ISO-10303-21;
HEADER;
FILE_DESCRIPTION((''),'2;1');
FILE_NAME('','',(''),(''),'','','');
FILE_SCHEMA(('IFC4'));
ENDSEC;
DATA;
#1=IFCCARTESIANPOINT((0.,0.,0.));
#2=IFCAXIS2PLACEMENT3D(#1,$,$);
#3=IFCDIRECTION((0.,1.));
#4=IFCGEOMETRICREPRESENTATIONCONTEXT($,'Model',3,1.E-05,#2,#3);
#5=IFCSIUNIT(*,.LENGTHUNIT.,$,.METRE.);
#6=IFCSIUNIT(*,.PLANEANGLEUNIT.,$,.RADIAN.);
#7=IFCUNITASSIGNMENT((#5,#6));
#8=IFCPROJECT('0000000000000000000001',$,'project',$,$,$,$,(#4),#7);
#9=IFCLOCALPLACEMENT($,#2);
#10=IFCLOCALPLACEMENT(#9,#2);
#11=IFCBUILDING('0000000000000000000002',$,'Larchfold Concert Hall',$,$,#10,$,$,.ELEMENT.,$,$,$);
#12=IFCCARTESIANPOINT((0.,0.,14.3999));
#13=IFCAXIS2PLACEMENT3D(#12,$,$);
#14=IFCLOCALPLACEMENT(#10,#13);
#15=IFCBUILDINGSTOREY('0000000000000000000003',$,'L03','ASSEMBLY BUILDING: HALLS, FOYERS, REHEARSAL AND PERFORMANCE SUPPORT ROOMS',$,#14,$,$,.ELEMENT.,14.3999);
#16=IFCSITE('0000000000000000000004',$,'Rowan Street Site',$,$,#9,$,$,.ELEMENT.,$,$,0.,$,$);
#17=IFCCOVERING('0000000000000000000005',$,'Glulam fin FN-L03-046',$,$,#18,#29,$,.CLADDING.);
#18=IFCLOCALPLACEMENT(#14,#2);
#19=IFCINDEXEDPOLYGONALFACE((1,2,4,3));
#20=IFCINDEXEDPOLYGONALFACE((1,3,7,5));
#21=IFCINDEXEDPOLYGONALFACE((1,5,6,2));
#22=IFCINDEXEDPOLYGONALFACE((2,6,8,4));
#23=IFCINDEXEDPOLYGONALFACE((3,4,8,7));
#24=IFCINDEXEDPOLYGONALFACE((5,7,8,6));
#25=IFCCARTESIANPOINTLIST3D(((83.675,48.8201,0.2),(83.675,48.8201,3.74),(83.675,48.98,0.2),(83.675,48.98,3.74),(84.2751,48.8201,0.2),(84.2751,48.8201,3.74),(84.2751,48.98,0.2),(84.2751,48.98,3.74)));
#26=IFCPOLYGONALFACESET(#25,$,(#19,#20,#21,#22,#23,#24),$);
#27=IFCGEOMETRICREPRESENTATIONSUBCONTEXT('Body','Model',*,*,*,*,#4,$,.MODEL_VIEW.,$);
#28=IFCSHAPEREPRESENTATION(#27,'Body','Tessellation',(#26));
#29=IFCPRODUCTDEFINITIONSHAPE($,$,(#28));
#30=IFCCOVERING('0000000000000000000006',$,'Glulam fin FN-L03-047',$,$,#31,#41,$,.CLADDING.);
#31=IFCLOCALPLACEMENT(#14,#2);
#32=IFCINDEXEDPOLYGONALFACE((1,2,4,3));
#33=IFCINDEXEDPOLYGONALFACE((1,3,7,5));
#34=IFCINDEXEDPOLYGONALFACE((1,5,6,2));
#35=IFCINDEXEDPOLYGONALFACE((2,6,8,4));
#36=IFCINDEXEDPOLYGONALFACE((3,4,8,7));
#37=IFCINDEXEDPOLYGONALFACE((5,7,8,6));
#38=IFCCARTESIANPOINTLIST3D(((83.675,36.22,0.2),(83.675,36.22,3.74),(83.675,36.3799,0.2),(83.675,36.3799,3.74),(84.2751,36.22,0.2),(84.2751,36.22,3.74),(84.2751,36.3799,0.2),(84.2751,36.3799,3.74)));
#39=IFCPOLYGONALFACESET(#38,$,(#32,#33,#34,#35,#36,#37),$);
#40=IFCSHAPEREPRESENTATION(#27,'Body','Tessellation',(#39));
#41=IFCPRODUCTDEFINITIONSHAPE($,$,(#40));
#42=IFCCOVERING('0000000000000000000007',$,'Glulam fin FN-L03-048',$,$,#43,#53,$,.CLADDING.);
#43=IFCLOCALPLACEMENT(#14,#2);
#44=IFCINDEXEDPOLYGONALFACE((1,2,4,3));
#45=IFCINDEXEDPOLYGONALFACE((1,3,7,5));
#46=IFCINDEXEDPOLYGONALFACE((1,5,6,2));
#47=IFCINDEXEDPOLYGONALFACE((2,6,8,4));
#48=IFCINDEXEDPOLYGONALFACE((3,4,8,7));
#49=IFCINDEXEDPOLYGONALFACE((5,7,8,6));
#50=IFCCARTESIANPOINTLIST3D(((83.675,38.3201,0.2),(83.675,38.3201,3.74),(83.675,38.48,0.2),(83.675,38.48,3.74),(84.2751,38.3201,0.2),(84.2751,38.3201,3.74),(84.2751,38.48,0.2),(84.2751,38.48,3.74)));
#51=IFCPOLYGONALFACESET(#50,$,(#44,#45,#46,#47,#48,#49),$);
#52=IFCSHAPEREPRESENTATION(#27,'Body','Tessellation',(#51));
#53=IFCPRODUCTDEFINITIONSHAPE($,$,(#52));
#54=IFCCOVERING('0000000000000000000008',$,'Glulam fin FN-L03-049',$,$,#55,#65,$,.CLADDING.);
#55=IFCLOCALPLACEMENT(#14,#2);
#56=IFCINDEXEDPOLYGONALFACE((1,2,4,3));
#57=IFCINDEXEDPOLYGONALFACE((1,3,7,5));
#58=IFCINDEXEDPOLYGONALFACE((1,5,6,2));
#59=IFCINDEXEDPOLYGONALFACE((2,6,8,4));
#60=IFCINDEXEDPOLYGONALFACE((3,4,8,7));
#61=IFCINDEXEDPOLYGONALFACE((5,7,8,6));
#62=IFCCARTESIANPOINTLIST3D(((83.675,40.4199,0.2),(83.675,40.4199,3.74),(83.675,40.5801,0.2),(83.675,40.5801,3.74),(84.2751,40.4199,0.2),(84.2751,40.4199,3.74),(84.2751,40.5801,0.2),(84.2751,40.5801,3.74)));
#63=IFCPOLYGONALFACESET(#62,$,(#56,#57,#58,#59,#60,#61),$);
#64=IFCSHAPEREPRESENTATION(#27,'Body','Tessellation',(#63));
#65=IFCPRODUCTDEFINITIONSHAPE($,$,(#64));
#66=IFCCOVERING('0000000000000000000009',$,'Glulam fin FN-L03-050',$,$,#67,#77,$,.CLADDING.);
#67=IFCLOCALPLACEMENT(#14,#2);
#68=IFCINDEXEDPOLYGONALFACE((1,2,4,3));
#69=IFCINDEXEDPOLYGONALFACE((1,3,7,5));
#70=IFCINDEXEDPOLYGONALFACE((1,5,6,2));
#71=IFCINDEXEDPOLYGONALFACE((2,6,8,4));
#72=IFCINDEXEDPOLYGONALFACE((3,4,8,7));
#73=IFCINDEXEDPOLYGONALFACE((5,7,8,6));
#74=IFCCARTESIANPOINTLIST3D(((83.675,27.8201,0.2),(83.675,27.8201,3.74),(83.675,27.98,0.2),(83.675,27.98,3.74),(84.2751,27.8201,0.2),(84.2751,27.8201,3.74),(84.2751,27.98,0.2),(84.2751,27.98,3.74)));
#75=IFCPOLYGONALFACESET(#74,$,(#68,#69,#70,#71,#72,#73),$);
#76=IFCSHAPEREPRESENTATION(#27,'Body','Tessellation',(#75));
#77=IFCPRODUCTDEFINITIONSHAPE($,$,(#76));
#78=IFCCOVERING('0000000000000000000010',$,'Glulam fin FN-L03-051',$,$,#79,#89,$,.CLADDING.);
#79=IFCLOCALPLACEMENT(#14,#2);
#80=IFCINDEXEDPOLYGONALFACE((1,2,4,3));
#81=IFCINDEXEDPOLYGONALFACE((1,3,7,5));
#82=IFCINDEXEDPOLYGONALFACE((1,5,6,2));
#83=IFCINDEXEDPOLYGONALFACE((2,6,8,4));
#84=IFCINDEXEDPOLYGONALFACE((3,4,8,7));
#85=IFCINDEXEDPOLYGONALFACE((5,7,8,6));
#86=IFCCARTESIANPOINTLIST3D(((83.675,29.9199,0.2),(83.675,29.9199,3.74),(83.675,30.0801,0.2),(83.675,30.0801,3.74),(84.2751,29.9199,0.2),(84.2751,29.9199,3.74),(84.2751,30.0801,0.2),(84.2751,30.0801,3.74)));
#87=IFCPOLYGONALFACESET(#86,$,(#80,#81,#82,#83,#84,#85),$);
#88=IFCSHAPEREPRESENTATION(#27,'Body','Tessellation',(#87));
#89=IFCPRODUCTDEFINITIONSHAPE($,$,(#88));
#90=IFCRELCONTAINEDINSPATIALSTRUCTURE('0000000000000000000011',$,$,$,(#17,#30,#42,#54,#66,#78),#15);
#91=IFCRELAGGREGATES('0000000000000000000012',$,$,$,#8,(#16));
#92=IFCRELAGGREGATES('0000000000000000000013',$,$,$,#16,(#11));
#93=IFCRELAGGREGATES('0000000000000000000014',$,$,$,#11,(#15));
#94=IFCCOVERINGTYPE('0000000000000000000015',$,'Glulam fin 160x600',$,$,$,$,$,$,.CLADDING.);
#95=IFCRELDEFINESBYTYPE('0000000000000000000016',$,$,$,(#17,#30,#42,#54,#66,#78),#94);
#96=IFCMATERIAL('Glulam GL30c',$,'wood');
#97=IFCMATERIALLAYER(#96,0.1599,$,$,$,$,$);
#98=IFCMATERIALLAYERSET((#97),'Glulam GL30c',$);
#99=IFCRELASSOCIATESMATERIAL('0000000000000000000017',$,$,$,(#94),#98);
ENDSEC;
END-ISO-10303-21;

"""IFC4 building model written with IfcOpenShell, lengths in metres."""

from ifc_helpers import new_model, si_unit, direction, frame, origin, place, context, subcontext, project, spatial, polyline, outline, extrude, material, layer, layer_set, type_object, element, save


model = new_model("IFC4")

# Units and contexts
model_context = context("Model", 3, precision=1e-05, world=origin(), true_north=direction((0.0, 1.0)))
body_context = subcontext(model_context, "Body", "Model", "MODEL_VIEW")
ifc_project = project(units=[si_unit("LENGTHUNIT", "METRE"), si_unit("PLANEANGLEUNIT", "RADIAN")], contexts=[model_context])

# Site, building, storey
site_placement = place(None, origin())
site = spatial("IfcSite", under=ifc_project, at=site_placement, Name="Rowan Street Site", CompositionType="ELEMENT", RefElevation=0.0)
building_placement = place(site_placement, origin())
building = spatial("IfcBuilding", under=site, at=building_placement, Name="Larchfold Concert Hall", CompositionType="ELEMENT")
storey_placement = place(building_placement, frame((0.0, 0.0, 14.3999)))
storey = spatial("IfcBuildingStorey", under=building, at=storey_placement, Name="L03", Description="ASSEMBLY BUILDING: HALLS, FOYERS, REHEARSAL AND PERFORMANCE SUPPORT ROOMS", CompositionType="ELEMENT", Elevation=14.3999)

# Coverings
ifc_material_1 = material(Name="Glulam GL30c", Category="wood")
ifc_layer_1 = layer(ifc_material_1, 0.1599)
ifc_layer_set_1 = layer_set([ifc_layer_1], Name="Glulam GL30c")
covering_type_1 = type_object("IfcCoveringType", Name="Glulam fin 160x600", PredefinedType="CLADDING", material=ifc_layer_set_1)
covering_1_placement = place(storey_placement, frame((0.0, 0.0, 0.2)))
element("IfcCovering", 1, at=covering_1_placement, inside=storey, type_object=covering_type_1, Name="Glulam fin FN-L03-046", PredefinedType="CLADDING", context=body_context, shape_type="SweptSolid", body=[
    extrude(outline(polyline([(84.2751, 48.8201), (84.2751, 48.98), (83.675, 48.98), (83.675, 48.8201), (84.2751, 48.8201)])), origin(), (0.0, 0.0, 1.0), 3.54),
])
covering_2_placement = place(storey_placement, frame((0.0, 0.0, 0.2)))
element("IfcCovering", 2, at=covering_2_placement, inside=storey, type_object=covering_type_1, Name="Glulam fin FN-L03-047", PredefinedType="CLADDING", context=body_context, shape_type="SweptSolid", body=[
    extrude(outline(polyline([(84.2751, 36.22), (84.2751, 36.3799), (83.675, 36.3799), (83.675, 36.22), (84.2751, 36.22)])), origin(), (0.0, 0.0, 1.0), 3.54),
])
covering_3_placement = place(storey_placement, frame((0.0, 0.0, 0.2)))
element("IfcCovering", 3, at=covering_3_placement, inside=storey, type_object=covering_type_1, Name="Glulam fin FN-L03-048", PredefinedType="CLADDING", context=body_context, shape_type="SweptSolid", body=[
    extrude(outline(polyline([(84.2751, 38.3201), (84.2751, 38.48), (83.675, 38.48), (83.675, 38.3201), (84.2751, 38.3201)])), origin(), (0.0, 0.0, 1.0), 3.54),
])
covering_4_placement = place(storey_placement, frame((0.0, 0.0, 0.2)))
element("IfcCovering", 4, at=covering_4_placement, inside=storey, type_object=covering_type_1, Name="Glulam fin FN-L03-049", PredefinedType="CLADDING", context=body_context, shape_type="SweptSolid", body=[
    extrude(outline(polyline([(84.2751, 40.4199), (84.2751, 40.5801), (83.675, 40.5801), (83.675, 40.4199), (84.2751, 40.4199)])), origin(), (0.0, 0.0, 1.0), 3.54),
])
covering_5_placement = place(storey_placement, frame((0.0, 0.0, 0.2)))
element("IfcCovering", 5, at=covering_5_placement, inside=storey, type_object=covering_type_1, Name="Glulam fin FN-L03-050", PredefinedType="CLADDING", context=body_context, shape_type="SweptSolid", body=[
    extrude(outline(polyline([(84.2751, 27.8201), (84.2751, 27.98), (83.675, 27.98), (83.675, 27.8201), (84.2751, 27.8201)])), origin(), (0.0, 0.0, 1.0), 3.54),
])
covering_6_placement = place(storey_placement, frame((0.0, 0.0, 0.2)))
element("IfcCovering", 6, at=covering_6_placement, inside=storey, type_object=covering_type_1, Name="Glulam fin FN-L03-051", PredefinedType="CLADDING", context=body_context, shape_type="SweptSolid", body=[
    extrude(outline(polyline([(84.2751, 29.9199), (84.2751, 30.0801), (83.675, 30.0801), (83.675, 29.9199), (84.2751, 29.9199)])), origin(), (0.0, 0.0, 1.0), 3.54),
])

save(model, "model.ifc")
